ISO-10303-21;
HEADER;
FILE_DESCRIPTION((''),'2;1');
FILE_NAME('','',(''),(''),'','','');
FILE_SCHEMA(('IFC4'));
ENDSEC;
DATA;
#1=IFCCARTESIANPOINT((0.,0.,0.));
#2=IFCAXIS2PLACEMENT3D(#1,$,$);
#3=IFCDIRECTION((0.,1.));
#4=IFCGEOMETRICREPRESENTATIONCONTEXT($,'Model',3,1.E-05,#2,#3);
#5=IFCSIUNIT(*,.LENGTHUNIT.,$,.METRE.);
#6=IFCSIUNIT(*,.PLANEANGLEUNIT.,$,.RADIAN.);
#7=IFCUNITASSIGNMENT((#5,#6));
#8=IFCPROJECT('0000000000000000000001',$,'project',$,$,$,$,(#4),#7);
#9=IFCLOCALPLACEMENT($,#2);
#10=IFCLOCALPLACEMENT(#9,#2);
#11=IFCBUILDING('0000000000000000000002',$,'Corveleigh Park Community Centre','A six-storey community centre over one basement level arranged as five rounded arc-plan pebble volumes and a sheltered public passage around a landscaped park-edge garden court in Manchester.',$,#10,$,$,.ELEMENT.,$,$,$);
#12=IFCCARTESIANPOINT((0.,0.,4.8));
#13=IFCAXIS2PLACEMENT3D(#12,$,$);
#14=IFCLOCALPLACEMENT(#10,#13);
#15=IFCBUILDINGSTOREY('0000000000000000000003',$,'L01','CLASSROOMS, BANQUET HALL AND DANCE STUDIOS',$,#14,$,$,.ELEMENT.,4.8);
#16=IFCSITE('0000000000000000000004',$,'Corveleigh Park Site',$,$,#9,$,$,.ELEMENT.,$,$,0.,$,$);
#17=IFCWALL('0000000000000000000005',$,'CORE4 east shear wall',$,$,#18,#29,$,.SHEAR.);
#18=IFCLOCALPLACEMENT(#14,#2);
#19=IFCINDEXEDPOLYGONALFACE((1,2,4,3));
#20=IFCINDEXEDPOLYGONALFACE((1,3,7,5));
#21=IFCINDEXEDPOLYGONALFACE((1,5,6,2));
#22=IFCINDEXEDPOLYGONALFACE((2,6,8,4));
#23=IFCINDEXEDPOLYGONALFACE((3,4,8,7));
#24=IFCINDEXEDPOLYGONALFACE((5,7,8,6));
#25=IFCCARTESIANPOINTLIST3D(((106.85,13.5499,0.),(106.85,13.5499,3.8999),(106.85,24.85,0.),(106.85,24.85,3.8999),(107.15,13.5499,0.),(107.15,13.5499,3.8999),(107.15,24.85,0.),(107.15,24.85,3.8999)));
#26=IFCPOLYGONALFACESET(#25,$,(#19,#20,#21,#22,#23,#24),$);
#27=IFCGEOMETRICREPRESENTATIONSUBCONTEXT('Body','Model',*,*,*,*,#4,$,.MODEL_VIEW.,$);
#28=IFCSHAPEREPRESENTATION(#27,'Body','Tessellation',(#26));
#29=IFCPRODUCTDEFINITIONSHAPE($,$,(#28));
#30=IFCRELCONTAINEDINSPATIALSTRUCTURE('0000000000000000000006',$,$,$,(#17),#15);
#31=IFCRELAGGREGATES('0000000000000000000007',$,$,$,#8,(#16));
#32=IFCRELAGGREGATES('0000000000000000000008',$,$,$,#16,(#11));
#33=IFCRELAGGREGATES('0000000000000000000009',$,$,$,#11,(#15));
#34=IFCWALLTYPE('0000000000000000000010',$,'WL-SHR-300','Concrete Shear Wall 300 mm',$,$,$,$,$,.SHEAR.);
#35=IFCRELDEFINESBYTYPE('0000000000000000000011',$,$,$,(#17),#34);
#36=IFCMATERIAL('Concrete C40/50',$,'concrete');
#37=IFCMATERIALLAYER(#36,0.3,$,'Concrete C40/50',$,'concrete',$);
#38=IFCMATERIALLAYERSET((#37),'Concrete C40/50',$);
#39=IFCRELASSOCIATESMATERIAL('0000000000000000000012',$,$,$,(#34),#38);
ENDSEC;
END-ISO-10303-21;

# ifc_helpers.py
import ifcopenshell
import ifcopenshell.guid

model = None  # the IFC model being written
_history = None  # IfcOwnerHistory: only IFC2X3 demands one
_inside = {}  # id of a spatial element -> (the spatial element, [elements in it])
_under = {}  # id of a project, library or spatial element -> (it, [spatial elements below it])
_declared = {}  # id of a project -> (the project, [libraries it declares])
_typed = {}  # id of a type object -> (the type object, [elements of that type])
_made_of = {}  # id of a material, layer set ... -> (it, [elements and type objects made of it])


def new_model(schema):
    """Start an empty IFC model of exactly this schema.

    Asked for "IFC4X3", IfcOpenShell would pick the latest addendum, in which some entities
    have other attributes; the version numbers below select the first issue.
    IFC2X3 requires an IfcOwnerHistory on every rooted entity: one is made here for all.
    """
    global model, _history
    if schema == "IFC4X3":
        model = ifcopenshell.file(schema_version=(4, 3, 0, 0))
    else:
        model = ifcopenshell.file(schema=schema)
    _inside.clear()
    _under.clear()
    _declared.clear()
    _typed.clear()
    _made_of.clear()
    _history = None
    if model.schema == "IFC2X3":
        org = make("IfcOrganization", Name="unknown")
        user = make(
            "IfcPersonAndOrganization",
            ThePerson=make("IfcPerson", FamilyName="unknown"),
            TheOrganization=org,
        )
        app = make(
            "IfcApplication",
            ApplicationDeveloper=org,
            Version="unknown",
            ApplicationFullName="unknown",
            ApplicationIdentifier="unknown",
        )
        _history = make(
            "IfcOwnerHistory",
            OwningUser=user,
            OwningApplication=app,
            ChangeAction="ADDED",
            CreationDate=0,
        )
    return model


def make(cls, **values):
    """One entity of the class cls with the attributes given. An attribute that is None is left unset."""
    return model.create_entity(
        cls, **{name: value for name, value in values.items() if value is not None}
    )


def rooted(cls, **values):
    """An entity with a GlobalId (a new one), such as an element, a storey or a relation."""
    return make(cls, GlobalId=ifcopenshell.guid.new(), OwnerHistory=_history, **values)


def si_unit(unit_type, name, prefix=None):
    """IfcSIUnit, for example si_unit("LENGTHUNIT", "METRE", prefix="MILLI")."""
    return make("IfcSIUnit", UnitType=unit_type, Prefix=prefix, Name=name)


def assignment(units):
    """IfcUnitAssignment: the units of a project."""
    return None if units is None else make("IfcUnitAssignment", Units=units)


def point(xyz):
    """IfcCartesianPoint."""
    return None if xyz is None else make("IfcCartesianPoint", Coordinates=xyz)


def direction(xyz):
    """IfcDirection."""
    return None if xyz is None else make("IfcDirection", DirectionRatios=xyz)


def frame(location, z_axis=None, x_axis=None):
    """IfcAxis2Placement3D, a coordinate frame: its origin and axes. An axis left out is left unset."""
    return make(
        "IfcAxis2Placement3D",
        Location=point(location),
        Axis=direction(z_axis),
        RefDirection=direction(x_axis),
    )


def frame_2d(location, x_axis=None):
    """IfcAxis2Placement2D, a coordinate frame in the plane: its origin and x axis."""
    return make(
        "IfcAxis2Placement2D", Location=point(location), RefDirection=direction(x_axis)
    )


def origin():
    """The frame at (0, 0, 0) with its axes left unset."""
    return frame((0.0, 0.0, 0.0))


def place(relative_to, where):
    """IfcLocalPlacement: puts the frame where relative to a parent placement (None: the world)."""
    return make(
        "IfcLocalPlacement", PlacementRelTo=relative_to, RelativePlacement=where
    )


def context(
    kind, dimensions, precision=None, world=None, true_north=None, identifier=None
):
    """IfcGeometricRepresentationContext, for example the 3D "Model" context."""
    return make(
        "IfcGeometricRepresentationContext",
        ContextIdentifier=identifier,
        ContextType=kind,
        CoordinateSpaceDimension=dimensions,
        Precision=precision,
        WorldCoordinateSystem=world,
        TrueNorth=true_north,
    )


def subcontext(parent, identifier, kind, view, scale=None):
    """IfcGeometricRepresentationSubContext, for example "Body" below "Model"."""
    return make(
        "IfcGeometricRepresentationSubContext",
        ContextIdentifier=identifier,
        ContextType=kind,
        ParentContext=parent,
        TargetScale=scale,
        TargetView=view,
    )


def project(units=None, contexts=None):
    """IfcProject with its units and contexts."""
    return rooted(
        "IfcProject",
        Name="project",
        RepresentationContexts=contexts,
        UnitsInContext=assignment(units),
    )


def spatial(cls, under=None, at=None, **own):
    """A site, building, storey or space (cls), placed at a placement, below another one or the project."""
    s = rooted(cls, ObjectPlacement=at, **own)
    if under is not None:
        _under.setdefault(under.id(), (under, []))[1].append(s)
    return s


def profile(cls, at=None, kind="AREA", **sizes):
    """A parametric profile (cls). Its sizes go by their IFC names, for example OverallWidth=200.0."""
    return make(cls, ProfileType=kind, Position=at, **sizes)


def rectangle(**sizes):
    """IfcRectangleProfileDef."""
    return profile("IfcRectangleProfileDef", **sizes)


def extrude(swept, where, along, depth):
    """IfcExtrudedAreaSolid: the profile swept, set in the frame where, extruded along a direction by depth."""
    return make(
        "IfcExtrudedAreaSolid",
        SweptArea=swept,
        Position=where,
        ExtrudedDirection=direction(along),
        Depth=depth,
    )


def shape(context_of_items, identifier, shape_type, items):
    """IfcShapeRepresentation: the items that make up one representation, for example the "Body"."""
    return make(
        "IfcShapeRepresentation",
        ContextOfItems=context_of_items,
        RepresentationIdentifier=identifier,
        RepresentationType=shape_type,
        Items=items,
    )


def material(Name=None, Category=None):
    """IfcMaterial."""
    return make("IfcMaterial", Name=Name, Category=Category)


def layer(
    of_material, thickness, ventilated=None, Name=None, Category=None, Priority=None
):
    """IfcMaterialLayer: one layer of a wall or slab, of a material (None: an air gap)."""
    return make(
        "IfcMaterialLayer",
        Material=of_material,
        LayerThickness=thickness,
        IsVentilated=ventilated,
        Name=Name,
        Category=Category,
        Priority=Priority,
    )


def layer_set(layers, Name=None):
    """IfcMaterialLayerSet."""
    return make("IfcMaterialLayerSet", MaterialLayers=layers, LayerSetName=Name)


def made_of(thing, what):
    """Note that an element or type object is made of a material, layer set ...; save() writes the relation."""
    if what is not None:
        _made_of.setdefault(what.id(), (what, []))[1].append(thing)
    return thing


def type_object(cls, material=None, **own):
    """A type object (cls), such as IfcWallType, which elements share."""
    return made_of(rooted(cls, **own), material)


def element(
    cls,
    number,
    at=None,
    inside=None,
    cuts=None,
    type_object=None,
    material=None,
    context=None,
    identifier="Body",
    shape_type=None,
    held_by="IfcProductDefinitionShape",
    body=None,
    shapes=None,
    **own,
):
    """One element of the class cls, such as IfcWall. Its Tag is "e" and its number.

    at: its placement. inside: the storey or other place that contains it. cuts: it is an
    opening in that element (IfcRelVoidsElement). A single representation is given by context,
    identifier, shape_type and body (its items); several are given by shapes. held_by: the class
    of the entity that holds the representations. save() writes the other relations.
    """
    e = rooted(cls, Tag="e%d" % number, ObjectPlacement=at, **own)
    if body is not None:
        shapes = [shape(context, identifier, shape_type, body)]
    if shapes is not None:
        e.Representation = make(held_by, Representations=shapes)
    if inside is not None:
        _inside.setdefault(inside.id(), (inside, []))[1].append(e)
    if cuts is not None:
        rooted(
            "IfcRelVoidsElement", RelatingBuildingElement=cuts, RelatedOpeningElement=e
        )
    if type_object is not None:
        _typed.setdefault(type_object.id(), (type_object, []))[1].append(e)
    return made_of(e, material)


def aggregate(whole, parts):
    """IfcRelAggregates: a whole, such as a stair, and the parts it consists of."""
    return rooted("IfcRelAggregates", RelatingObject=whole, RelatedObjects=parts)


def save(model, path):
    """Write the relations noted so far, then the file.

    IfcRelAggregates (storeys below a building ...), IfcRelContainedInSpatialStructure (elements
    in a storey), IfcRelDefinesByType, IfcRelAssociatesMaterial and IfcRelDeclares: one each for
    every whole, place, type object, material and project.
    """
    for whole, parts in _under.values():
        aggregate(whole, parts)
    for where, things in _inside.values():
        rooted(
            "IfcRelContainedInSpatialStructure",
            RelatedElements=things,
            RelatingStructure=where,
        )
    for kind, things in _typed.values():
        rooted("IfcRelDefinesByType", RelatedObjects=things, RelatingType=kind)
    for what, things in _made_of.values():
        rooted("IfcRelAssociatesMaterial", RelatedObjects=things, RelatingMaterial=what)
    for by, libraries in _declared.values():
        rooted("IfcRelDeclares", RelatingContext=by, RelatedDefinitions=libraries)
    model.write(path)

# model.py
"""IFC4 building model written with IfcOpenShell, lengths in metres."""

from ifc_helpers import new_model, si_unit, direction, frame, frame_2d, origin, place, context, subcontext, project, spatial, rectangle, extrude, material, layer, layer_set, type_object, element, save


model = new_model("IFC4")

# Units and contexts
model_context = context("Model", 3, precision=1e-05, world=origin(), true_north=direction((0.0, 1.0)))
body_context = subcontext(model_context, "Body", "Model", "MODEL_VIEW")
ifc_project = project(units=[si_unit("LENGTHUNIT", "METRE"), si_unit("PLANEANGLEUNIT", "RADIAN")], contexts=[model_context])

# Site, building, storey
site_placement = place(None, origin())
site = spatial("IfcSite", under=ifc_project, at=site_placement, Name="Corveleigh Park Site", CompositionType="ELEMENT", RefElevation=0.0)
building_placement = place(site_placement, origin())
building = spatial("IfcBuilding", under=site, at=building_placement, Name="Corveleigh Park Community Centre", Description="A six-storey community centre over one basement level arranged as five rounded arc-plan pebble volumes and a sheltered public passage around a landscaped park-edge garden court in Manchester.", CompositionType="ELEMENT")
storey_placement = place(building_placement, frame((0.0, 0.0, 4.8)))
storey = spatial("IfcBuildingStorey", under=building, at=storey_placement, Name="L01", Description="CLASSROOMS, BANQUET HALL AND DANCE STUDIOS", CompositionType="ELEMENT", Elevation=4.8)

# Wall
ifc_material_1 = material(Name="Concrete C40/50", Category="concrete")
ifc_layer_1 = layer(ifc_material_1, 0.3, Name="Concrete C40/50", Category="concrete")
ifc_layer_set_1 = layer_set([ifc_layer_1], Name="Concrete C40/50")
wall_type = type_object("IfcWallType", Name="WL-SHR-300", Description="Concrete Shear Wall 300 mm", PredefinedType="SHEAR", material=ifc_layer_set_1)
wall_placement = place(storey_placement, frame((107.0, 13.55, 0.0), z_axis=(0.0, 0.0, 1.0), x_axis=(0.0, 1.0, 0.0)))
element("IfcWall", 1, at=wall_placement, inside=storey, type_object=wall_type, Name="CORE4 east shear wall", PredefinedType="SHEAR", context=body_context, shape_type="SweptSolid", body=[
    extrude(rectangle(XDim=11.3, YDim=0.3, at=frame_2d((5.6499, 0.0))), origin(), (0.0, 0.0, 1.0), 3.8999),
])

save(model, "model.ifc")
